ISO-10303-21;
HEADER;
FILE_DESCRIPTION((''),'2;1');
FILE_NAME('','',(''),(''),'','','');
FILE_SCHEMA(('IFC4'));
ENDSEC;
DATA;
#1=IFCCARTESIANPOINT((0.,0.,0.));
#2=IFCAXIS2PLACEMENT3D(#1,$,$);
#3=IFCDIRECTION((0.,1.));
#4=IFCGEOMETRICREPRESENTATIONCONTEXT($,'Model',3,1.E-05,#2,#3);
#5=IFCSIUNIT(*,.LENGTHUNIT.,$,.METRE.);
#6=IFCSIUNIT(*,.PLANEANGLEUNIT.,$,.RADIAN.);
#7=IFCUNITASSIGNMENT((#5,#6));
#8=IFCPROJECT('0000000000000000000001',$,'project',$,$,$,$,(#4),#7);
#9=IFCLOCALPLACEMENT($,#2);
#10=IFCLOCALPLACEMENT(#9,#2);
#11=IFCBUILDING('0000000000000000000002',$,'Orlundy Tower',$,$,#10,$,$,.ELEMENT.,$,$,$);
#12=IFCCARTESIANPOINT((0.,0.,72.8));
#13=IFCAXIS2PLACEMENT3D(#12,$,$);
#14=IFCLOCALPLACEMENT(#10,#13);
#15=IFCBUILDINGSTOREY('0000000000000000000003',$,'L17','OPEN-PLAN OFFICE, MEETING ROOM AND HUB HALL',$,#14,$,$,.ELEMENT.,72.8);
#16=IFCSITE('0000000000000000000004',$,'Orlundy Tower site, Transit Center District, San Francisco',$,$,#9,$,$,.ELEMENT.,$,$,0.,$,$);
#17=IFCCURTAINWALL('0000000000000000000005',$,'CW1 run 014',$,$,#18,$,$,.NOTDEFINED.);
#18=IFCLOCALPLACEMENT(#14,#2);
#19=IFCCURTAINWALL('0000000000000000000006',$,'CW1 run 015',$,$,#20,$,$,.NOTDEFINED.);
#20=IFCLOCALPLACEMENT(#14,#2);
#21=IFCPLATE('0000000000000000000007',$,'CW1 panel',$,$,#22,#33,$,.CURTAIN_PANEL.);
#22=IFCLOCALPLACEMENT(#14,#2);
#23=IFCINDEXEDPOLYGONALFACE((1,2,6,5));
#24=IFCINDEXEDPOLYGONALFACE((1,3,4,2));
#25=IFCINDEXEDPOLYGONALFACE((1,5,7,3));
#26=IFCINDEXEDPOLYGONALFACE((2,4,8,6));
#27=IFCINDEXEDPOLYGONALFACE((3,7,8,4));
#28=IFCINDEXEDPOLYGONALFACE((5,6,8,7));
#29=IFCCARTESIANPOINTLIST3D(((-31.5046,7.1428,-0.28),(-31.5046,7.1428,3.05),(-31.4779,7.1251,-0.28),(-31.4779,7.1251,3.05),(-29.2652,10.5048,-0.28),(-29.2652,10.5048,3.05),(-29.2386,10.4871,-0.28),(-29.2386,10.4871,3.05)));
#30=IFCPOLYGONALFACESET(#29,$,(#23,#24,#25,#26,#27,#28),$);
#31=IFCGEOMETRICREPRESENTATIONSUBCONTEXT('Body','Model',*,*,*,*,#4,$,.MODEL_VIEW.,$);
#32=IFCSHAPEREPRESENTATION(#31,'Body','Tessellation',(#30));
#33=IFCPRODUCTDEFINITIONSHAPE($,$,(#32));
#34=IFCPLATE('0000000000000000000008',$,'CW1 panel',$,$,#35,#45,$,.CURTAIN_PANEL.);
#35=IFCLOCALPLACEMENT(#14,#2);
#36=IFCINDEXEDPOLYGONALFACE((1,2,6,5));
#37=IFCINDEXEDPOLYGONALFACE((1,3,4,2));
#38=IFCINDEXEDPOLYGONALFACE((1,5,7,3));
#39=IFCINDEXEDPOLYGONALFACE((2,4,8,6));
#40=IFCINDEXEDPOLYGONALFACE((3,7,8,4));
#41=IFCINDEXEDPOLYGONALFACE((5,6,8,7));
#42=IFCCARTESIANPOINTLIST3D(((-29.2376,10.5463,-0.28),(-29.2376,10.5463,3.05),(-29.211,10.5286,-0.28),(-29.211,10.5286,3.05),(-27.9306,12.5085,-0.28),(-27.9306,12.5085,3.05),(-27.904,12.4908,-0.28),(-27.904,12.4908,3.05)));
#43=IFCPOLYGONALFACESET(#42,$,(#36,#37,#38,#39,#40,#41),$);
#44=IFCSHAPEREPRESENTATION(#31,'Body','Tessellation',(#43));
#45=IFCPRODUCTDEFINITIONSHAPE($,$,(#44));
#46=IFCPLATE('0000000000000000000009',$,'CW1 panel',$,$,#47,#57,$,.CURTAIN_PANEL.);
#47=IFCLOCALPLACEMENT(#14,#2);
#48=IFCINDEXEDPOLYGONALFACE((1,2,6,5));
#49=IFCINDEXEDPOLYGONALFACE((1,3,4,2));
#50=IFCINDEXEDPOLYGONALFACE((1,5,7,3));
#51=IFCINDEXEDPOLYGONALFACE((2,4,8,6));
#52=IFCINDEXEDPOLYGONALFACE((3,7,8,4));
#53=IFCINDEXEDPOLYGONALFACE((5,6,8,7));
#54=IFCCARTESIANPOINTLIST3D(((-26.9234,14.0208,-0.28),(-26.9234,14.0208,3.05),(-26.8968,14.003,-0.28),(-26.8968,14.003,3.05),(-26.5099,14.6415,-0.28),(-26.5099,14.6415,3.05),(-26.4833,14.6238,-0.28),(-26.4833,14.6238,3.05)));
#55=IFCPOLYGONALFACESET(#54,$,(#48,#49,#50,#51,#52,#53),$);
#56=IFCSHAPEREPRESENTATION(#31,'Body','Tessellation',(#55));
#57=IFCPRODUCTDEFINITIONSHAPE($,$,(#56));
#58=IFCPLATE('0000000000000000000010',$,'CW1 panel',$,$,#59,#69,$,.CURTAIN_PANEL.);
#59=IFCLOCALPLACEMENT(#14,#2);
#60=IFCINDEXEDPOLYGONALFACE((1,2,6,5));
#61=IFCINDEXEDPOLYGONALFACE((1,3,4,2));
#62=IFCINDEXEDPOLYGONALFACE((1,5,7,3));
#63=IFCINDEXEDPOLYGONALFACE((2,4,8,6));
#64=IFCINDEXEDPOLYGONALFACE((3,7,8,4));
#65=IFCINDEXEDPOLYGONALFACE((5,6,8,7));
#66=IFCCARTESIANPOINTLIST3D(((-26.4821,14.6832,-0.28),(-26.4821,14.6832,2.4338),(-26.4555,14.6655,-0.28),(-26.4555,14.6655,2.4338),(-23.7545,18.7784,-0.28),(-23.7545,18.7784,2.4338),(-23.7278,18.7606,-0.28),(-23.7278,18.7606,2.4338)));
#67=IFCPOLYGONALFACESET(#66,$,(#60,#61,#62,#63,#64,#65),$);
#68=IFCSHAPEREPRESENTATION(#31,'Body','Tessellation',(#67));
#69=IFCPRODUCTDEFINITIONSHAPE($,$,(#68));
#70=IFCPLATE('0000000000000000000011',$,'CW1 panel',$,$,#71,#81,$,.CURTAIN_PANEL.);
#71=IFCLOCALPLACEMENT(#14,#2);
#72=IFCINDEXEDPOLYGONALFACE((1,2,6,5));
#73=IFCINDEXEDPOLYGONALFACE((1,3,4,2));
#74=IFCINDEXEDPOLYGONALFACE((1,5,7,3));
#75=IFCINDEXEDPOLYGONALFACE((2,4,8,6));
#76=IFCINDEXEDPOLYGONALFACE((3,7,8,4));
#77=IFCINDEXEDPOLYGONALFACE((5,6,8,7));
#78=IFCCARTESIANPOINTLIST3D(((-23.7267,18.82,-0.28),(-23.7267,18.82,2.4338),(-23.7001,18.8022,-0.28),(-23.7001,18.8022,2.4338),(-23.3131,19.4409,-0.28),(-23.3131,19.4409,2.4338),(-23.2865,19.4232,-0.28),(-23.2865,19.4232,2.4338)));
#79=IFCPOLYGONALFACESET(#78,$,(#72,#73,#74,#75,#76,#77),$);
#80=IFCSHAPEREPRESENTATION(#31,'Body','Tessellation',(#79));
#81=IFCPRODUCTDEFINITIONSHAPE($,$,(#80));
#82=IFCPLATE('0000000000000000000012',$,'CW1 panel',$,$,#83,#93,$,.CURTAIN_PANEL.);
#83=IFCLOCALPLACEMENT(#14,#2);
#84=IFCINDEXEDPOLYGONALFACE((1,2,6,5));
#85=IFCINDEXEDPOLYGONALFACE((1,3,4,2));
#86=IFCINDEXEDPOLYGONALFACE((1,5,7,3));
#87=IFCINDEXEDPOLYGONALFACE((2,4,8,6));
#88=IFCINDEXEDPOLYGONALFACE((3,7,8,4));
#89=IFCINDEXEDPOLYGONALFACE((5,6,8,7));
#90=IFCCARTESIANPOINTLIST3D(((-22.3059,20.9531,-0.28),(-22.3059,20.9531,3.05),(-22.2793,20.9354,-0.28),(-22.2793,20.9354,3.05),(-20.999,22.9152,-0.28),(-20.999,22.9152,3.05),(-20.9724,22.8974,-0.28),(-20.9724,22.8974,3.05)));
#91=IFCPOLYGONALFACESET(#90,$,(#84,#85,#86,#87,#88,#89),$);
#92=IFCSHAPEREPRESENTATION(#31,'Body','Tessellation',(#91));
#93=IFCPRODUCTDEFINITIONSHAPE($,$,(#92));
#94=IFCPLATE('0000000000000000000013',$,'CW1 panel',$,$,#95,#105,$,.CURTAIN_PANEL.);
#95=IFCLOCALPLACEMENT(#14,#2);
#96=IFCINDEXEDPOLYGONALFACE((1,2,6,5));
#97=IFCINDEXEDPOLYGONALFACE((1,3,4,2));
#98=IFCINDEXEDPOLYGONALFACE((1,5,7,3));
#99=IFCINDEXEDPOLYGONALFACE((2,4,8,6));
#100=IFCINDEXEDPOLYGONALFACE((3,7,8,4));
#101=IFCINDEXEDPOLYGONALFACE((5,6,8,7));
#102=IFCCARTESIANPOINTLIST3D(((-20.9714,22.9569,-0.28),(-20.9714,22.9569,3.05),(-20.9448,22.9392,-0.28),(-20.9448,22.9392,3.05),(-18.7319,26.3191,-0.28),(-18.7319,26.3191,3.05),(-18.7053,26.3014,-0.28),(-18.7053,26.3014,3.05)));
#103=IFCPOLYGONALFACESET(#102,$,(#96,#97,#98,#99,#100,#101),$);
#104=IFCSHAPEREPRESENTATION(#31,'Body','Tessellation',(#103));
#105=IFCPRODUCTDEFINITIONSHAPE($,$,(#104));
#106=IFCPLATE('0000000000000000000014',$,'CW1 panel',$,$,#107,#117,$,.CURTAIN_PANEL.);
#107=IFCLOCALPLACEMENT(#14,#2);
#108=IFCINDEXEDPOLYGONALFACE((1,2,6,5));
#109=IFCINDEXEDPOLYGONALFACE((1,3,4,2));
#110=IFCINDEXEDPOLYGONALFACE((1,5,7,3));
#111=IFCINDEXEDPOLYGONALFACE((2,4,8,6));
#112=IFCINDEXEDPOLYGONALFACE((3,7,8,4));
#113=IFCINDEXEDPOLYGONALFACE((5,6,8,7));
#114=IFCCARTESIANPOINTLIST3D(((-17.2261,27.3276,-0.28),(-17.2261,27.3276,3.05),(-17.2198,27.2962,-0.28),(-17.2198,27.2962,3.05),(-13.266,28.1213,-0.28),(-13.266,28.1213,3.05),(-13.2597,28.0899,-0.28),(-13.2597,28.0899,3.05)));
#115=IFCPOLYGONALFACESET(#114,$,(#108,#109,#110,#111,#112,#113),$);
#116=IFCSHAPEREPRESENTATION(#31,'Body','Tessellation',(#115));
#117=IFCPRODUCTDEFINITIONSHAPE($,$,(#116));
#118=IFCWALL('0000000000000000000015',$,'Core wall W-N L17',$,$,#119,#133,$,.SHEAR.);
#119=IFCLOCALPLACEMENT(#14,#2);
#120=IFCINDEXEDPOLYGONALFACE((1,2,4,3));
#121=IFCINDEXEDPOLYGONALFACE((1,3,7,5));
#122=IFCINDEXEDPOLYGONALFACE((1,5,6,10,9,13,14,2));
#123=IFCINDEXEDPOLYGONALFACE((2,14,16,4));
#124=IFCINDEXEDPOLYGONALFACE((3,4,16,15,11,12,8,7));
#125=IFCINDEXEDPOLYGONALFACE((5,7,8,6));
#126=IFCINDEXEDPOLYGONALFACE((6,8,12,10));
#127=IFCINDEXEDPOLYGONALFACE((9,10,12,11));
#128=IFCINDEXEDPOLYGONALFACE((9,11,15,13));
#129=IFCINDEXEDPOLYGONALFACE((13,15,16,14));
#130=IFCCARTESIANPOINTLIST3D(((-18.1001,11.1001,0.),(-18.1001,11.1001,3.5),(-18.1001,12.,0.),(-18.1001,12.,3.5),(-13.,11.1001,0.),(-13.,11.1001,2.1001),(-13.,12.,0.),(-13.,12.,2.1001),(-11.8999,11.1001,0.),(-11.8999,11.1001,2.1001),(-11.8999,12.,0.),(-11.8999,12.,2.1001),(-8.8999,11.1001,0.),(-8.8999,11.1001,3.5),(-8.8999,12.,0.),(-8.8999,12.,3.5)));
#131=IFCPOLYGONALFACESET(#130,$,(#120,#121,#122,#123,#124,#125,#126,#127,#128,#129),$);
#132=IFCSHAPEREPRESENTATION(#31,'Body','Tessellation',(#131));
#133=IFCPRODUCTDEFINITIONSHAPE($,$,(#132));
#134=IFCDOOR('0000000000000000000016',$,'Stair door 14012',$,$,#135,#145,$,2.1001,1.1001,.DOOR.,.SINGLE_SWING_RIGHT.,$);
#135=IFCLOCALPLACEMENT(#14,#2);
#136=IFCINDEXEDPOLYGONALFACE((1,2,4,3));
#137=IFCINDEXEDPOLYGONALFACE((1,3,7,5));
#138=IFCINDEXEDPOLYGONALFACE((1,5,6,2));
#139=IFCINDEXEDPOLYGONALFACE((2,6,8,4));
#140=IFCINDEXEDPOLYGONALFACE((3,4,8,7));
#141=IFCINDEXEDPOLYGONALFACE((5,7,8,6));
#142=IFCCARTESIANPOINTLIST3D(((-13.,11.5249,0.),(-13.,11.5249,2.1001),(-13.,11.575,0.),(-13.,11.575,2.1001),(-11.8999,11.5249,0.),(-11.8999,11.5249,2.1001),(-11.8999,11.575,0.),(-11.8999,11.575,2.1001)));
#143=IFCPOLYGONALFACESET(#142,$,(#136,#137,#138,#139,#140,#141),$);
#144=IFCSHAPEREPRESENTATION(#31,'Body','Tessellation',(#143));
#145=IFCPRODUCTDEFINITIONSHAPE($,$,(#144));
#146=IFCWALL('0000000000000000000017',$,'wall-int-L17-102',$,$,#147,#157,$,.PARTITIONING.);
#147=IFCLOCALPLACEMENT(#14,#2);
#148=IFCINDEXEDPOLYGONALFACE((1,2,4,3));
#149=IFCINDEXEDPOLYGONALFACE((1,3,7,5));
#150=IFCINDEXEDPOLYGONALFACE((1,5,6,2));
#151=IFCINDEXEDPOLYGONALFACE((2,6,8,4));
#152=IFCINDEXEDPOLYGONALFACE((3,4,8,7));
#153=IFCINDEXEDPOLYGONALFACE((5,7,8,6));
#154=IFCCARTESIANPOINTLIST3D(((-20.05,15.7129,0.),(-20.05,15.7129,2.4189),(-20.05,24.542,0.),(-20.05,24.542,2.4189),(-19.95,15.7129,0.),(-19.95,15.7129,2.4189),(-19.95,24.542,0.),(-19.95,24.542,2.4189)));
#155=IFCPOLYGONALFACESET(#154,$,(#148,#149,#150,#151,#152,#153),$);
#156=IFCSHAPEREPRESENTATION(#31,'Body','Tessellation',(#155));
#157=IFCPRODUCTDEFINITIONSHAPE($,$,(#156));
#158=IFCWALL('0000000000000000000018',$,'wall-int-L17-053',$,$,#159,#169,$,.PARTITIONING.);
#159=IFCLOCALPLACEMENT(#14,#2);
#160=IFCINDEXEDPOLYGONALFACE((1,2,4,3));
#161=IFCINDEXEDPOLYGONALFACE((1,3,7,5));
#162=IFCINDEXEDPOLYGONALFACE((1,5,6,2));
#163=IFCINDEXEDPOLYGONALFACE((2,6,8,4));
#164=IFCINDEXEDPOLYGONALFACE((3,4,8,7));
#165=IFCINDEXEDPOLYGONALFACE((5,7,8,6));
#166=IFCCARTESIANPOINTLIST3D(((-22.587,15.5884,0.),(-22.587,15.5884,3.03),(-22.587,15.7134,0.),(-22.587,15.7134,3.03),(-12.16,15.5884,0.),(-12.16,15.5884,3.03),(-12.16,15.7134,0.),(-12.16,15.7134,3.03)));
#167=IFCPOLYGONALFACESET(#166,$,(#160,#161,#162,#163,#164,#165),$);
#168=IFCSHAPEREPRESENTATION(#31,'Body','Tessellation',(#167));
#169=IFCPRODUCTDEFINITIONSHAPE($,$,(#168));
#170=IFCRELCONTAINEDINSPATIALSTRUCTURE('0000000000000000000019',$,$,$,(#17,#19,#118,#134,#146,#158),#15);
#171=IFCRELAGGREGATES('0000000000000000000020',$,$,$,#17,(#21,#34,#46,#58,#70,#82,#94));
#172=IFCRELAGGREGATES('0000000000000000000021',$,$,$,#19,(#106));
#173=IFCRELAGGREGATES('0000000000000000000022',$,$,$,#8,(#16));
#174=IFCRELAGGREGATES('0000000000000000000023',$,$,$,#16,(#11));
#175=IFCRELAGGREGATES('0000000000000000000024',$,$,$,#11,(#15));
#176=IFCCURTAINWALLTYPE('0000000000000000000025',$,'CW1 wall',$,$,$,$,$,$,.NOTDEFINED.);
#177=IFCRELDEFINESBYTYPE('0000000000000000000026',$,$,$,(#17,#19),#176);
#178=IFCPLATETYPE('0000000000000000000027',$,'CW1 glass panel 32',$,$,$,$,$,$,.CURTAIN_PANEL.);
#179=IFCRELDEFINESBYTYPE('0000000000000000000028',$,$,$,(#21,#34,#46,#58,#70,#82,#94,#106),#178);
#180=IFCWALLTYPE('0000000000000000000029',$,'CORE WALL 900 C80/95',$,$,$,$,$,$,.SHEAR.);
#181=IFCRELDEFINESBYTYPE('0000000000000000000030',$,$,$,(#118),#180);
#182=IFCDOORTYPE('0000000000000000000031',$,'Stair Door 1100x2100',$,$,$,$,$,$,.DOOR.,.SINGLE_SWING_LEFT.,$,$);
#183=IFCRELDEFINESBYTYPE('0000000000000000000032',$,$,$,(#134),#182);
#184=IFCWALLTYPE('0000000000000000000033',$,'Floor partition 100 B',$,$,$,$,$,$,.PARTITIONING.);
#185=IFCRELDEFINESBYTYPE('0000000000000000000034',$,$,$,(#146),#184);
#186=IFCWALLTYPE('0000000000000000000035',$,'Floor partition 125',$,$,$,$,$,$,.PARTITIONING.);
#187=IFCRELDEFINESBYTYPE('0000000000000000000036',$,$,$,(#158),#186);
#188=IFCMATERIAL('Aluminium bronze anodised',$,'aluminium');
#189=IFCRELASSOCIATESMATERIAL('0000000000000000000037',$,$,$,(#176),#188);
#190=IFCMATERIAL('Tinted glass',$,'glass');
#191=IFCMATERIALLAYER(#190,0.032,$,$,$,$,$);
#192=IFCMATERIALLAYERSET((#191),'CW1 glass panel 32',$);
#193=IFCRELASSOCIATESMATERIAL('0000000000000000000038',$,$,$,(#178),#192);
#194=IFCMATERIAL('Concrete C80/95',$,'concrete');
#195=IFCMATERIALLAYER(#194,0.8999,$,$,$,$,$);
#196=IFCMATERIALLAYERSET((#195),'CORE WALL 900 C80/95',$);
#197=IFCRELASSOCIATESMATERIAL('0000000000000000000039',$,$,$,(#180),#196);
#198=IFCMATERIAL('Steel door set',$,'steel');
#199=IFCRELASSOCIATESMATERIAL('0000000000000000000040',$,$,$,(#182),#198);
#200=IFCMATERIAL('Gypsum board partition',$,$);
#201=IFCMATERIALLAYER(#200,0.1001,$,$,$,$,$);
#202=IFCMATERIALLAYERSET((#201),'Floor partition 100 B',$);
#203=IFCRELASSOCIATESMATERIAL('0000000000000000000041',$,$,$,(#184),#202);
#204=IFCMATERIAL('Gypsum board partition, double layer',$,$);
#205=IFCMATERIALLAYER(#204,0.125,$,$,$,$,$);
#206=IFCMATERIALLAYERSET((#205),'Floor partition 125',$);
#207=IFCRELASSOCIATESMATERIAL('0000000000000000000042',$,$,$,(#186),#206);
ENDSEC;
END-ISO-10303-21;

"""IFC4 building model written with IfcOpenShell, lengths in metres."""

from ifc_helpers import new_model, si_unit, direction, frame, frame_2d, origin, origin_2d, place, context, subcontext, project, spatial, rectangle, extrude, material, layer, layer_set, type_object, element, fill, aggregate, save


model = new_model("IFC4")

# Units and contexts
model_context = context("Model", 3, precision=1e-05, world=origin(), true_north=direction((0.0, 1.0)))
body_context = subcontext(model_context, "Body", "Model", "MODEL_VIEW")
ifc_project = project(units=[si_unit("LENGTHUNIT", "METRE"), si_unit("PLANEANGLEUNIT", "RADIAN")], contexts=[model_context])

# Site, building, storey
site_placement = place(None, origin())
site = spatial("IfcSite", under=ifc_project, at=site_placement, Name="Orlundy Tower site, Transit Center District, San Francisco", CompositionType="ELEMENT", RefElevation=0.0)
building_placement = place(site_placement, origin())
building = spatial("IfcBuilding", under=site, at=building_placement, Name="Orlundy Tower", CompositionType="ELEMENT")
storey_placement = place(building_placement, frame((0.0, 0.0, 72.8)))
storey = spatial("IfcBuildingStorey", under=building, at=storey_placement, Name="L17", Description="OPEN-PLAN OFFICE, MEETING ROOM AND HUB HALL", CompositionType="ELEMENT", Elevation=72.8)

# Shared definitions
ifc_material_1 = material(Name="Aluminium bronze anodised", Category="aluminium")
curtain_wall_type = type_object("IfcCurtainWallType", Name="CW1 wall", PredefinedType="NOTDEFINED", material=ifc_material_1)

# Curtain wall
curtain_wall_1_placement = place(storey_placement, origin())
curtain_wall_1 = element("IfcCurtainWall", 1, at=curtain_wall_1_placement, inside=storey, type_object=curtain_wall_type, Name="CW1 run 014", PredefinedType="NOTDEFINED")

# Curtain wall
curtain_wall_2_placement = place(storey_placement, origin())
curtain_wall_2 = element("IfcCurtainWall", 2, at=curtain_wall_2_placement, inside=storey, type_object=curtain_wall_type, Name="CW1 run 015", PredefinedType="NOTDEFINED")

# Plates
ifc_material_2 = material(Name="Tinted glass", Category="glass")
ifc_layer_1 = layer(ifc_material_2, 0.032)
ifc_layer_set_1 = layer_set([ifc_layer_1], Name="CW1 glass panel 32")
plate_type = type_object("IfcPlateType", Name="CW1 glass panel 32", PredefinedType="CURTAIN_PANEL", material=ifc_layer_set_1)
plate_1_placement = place(storey_placement, frame((-30.3716, 8.8149, -0.28), z_axis=(0.0, 0.0, 1.0), x_axis=(0.554357, 0.832279, 0.0)))
plate_1 = element("IfcPlate", 3, at=plate_1_placement, type_object=plate_type, Name="CW1 panel", PredefinedType="CURTAIN_PANEL", context=body_context, shape_type="SweptSolid", body=[
    extrude(rectangle(XDim=4.0396, YDim=0.032, at=origin_2d()), origin(), (0.0, 0.0, 1.0), 3.3301),
])
plate_2_placement = place(storey_placement, frame((-28.5708, 11.5186, -0.28), z_axis=(0.0, 0.0, 1.0), x_axis=(0.554357, 0.832279, 0.0)))
plate_2 = element("IfcPlate", 4, at=plate_2_placement, type_object=plate_type, Name="CW1 panel", PredefinedType="CURTAIN_PANEL", context=body_context, shape_type="SweptSolid", body=[
    extrude(rectangle(XDim=2.3577, YDim=0.032, at=origin_2d()), origin(), (0.0, 0.0, 1.0), 3.3301),
])
plate_3_placement = place(storey_placement, frame((-26.7034, 14.3223, -0.28), z_axis=(0.0, 0.0, 1.0), x_axis=(0.554357, 0.832279, 0.0)))
plate_3 = element("IfcPlate", 5, at=plate_3_placement, type_object=plate_type, Name="CW1 panel", PredefinedType="CURTAIN_PANEL", context=body_context, shape_type="SweptSolid", body=[
    extrude(rectangle(XDim=0.7458, YDim=0.032, at=origin_2d()), origin(), (0.0, 0.0, 1.0), 3.3301),
])
plate_4_placement = place(storey_placement, frame((-25.105, 16.7219, -0.28), z_axis=(0.0, 0.0, 1.0), x_axis=(0.554357, 0.832279, 0.0)))
plate_4 = element("IfcPlate", 6, at=plate_4_placement, type_object=plate_type, Name="CW1 panel", PredefinedType="CURTAIN_PANEL", context=body_context, shape_type="SweptSolid", body=[
    extrude(rectangle(XDim=4.9204, YDim=0.032, at=origin_2d()), origin(), (0.0, 0.0, 1.0), 2.7139),
])
plate_5_placement = place(storey_placement, frame((-23.5066, 19.1216, -0.28), z_axis=(0.0, 0.0, 1.0), x_axis=(0.554357, 0.832279, 0.0)))
plate_5 = element("IfcPlate", 7, at=plate_5_placement, type_object=plate_type, Name="CW1 panel", PredefinedType="CURTAIN_PANEL", context=body_context, shape_type="SweptSolid", body=[
    extrude(rectangle(XDim=0.7461, YDim=0.032, at=origin_2d()), origin(), (0.0, 0.0, 1.0), 2.7139),
])
plate_6_placement = place(storey_placement, frame((-21.6392, 21.9253, -0.28), z_axis=(0.0, 0.0, 1.0), x_axis=(0.554357, 0.832279, 0.0)))
plate_6 = element("IfcPlate", 8, at=plate_6_placement, type_object=plate_type, Name="CW1 panel", PredefinedType="CURTAIN_PANEL", context=body_context, shape_type="SweptSolid", body=[
    extrude(rectangle(XDim=2.3574, YDim=0.032, at=origin_2d()), origin(), (0.0, 0.0, 1.0), 3.3301),
])
plate_7_placement = place(storey_placement, frame((-19.8384, 24.6292, -0.28), z_axis=(0.0, 0.0, 1.0), x_axis=(0.554357, 0.832279, 0.0)))
plate_7 = element("IfcPlate", 9, at=plate_7_placement, type_object=plate_type, Name="CW1 panel", PredefinedType="CURTAIN_PANEL", context=body_context, shape_type="SweptSolid", body=[
    extrude(rectangle(XDim=4.0398, YDim=0.032, at=origin_2d()), origin(), (0.0, 0.0, 1.0), 3.3301),
])
aggregate(curtain_wall_1, [plate_1, plate_2, plate_3, plate_4, plate_5, plate_6, plate_7])
plate_8_placement = place(storey_placement, frame((-15.2429, 27.7087, -0.28), z_axis=(0.0, 0.0, 1.0), x_axis=(0.980502, 0.196511, 0.0)))
plate_8 = element("IfcPlate", 10, at=plate_8_placement, type_object=plate_type, Name="CW1 panel", PredefinedType="CURTAIN_PANEL", context=body_context, shape_type="SweptSolid", body=[
    extrude(rectangle(XDim=4.0388, YDim=0.032, at=origin_2d()), origin(), (0.0, 0.0, 1.0), 3.3301),
])
aggregate(curtain_wall_2, [plate_8])

# Wall, opening, door
ifc_material_3 = material(Name="Concrete C80/95", Category="concrete")
ifc_layer_2 = layer(ifc_material_3, 0.8999)
ifc_layer_set_2 = layer_set([ifc_layer_2], Name="CORE WALL 900 C80/95")
wall_type_1 = type_object("IfcWallType", Name="CORE WALL 900 C80/95", PredefinedType="SHEAR", material=ifc_layer_set_2)
wall_1_placement = place(storey_placement, frame((-18.1001, 11.55, 0.0), z_axis=(0.0, 0.0, 1.0), x_axis=(1.0, 0.0, 0.0)))
wall_1 = element("IfcWall", 11, at=wall_1_placement, inside=storey, type_object=wall_type_1, Name="Core wall W-N L17", PredefinedType="SHEAR", context=body_context, shape_type="SweptSolid", body=[
    extrude(rectangle(XDim=9.2002, YDim=0.8999, at=frame_2d((4.6001, 0.0))), origin(), (0.0, 0.0, 1.0), 3.5),
])
opening_1_placement = place(wall_1_placement, frame((5.1001, 0.0, 0.0)))
opening_1 = element("IfcOpeningElement", 12, at=opening_1_placement, cuts=wall_1, PredefinedType="OPENING", context=body_context, shape_type="SweptSolid", body=[
    extrude(rectangle(XDim=1.1001, YDim=2.1001, at=frame_2d((0.55, 1.05))), frame((0.0, 0.46, 0.0), z_axis=(0.0, -1.0, 0.0), x_axis=(1.0, 0.0, 0.0)), (0.0, 0.0, 1.0), 0.9199),
])
ifc_material_4 = material(Name="Steel door set", Category="steel")
door_type_1 = type_object("IfcDoorType", Name="Stair Door 1100x2100", OperationType="SINGLE_SWING_LEFT", PredefinedType="DOOR", material=ifc_material_4)
door_1_placement = place(opening_1_placement, origin())
door_1 = element("IfcDoor", 13, at=door_1_placement, inside=storey, type_object=door_type_1, Name="Stair door 14012", OperationType="SINGLE_SWING_RIGHT", OverallHeight=2.1001, OverallWidth=1.1001, PredefinedType="DOOR", context=body_context, shape_type="SweptSolid", body=[
    extrude(rectangle(XDim=1.1001, YDim=2.1001, at=frame_2d((0.55, 1.05))), frame((0.0, 0.0249, 0.0), z_axis=(0.0, -1.0, 0.0), x_axis=(1.0, 0.0, 0.0)), (0.0, 0.0, 1.0), 0.05),
])
fill(opening_1, door_1)

# Walls
ifc_material_5 = material(Name="Gypsum board partition")
ifc_layer_3 = layer(ifc_material_5, 0.1001)
ifc_layer_set_3 = layer_set([ifc_layer_3], Name="Floor partition 100 B")
wall_type_2 = type_object("IfcWallType", Name="Floor partition 100 B", PredefinedType="PARTITIONING", material=ifc_layer_set_3)
wall_2_placement = place(storey_placement, frame((-20.0, 15.7129, 0.0), z_axis=(0.0, 0.0, 1.0), x_axis=(0.0, 1.0, 0.0)))
element("IfcWall", 14, at=wall_2_placement, inside=storey, type_object=wall_type_2, Name="wall-int-L17-102", PredefinedType="PARTITIONING", context=body_context, shape_type="SweptSolid", body=[
    extrude(rectangle(XDim=8.8291, YDim=0.1001, at=frame_2d((4.4146, 0.0))), origin(), (0.0, 0.0, 1.0), 2.4189),
])
ifc_material_6 = material(Name="Gypsum board partition, double layer")
ifc_layer_4 = layer(ifc_material_6, 0.125)
ifc_layer_set_4 = layer_set([ifc_layer_4], Name="Floor partition 125")
wall_type_3 = type_object("IfcWallType", Name="Floor partition 125", PredefinedType="PARTITIONING", material=ifc_layer_set_4)
wall_3_placement = place(storey_placement, frame((-22.5869, 15.6509, 0.0), z_axis=(0.0, 0.0, 1.0), x_axis=(1.0, 0.0, 0.0)))
element("IfcWall", 15, at=wall_3_placement, inside=storey, type_object=wall_type_3, Name="wall-int-L17-053", PredefinedType="PARTITIONING", context=body_context, shape_type="SweptSolid", body=[
    extrude(rectangle(XDim=10.427, YDim=0.125, at=frame_2d((5.2134, 0.0))), origin(), (0.0, 0.0, 1.0), 3.03),
])

save(model, "model.ifc")
